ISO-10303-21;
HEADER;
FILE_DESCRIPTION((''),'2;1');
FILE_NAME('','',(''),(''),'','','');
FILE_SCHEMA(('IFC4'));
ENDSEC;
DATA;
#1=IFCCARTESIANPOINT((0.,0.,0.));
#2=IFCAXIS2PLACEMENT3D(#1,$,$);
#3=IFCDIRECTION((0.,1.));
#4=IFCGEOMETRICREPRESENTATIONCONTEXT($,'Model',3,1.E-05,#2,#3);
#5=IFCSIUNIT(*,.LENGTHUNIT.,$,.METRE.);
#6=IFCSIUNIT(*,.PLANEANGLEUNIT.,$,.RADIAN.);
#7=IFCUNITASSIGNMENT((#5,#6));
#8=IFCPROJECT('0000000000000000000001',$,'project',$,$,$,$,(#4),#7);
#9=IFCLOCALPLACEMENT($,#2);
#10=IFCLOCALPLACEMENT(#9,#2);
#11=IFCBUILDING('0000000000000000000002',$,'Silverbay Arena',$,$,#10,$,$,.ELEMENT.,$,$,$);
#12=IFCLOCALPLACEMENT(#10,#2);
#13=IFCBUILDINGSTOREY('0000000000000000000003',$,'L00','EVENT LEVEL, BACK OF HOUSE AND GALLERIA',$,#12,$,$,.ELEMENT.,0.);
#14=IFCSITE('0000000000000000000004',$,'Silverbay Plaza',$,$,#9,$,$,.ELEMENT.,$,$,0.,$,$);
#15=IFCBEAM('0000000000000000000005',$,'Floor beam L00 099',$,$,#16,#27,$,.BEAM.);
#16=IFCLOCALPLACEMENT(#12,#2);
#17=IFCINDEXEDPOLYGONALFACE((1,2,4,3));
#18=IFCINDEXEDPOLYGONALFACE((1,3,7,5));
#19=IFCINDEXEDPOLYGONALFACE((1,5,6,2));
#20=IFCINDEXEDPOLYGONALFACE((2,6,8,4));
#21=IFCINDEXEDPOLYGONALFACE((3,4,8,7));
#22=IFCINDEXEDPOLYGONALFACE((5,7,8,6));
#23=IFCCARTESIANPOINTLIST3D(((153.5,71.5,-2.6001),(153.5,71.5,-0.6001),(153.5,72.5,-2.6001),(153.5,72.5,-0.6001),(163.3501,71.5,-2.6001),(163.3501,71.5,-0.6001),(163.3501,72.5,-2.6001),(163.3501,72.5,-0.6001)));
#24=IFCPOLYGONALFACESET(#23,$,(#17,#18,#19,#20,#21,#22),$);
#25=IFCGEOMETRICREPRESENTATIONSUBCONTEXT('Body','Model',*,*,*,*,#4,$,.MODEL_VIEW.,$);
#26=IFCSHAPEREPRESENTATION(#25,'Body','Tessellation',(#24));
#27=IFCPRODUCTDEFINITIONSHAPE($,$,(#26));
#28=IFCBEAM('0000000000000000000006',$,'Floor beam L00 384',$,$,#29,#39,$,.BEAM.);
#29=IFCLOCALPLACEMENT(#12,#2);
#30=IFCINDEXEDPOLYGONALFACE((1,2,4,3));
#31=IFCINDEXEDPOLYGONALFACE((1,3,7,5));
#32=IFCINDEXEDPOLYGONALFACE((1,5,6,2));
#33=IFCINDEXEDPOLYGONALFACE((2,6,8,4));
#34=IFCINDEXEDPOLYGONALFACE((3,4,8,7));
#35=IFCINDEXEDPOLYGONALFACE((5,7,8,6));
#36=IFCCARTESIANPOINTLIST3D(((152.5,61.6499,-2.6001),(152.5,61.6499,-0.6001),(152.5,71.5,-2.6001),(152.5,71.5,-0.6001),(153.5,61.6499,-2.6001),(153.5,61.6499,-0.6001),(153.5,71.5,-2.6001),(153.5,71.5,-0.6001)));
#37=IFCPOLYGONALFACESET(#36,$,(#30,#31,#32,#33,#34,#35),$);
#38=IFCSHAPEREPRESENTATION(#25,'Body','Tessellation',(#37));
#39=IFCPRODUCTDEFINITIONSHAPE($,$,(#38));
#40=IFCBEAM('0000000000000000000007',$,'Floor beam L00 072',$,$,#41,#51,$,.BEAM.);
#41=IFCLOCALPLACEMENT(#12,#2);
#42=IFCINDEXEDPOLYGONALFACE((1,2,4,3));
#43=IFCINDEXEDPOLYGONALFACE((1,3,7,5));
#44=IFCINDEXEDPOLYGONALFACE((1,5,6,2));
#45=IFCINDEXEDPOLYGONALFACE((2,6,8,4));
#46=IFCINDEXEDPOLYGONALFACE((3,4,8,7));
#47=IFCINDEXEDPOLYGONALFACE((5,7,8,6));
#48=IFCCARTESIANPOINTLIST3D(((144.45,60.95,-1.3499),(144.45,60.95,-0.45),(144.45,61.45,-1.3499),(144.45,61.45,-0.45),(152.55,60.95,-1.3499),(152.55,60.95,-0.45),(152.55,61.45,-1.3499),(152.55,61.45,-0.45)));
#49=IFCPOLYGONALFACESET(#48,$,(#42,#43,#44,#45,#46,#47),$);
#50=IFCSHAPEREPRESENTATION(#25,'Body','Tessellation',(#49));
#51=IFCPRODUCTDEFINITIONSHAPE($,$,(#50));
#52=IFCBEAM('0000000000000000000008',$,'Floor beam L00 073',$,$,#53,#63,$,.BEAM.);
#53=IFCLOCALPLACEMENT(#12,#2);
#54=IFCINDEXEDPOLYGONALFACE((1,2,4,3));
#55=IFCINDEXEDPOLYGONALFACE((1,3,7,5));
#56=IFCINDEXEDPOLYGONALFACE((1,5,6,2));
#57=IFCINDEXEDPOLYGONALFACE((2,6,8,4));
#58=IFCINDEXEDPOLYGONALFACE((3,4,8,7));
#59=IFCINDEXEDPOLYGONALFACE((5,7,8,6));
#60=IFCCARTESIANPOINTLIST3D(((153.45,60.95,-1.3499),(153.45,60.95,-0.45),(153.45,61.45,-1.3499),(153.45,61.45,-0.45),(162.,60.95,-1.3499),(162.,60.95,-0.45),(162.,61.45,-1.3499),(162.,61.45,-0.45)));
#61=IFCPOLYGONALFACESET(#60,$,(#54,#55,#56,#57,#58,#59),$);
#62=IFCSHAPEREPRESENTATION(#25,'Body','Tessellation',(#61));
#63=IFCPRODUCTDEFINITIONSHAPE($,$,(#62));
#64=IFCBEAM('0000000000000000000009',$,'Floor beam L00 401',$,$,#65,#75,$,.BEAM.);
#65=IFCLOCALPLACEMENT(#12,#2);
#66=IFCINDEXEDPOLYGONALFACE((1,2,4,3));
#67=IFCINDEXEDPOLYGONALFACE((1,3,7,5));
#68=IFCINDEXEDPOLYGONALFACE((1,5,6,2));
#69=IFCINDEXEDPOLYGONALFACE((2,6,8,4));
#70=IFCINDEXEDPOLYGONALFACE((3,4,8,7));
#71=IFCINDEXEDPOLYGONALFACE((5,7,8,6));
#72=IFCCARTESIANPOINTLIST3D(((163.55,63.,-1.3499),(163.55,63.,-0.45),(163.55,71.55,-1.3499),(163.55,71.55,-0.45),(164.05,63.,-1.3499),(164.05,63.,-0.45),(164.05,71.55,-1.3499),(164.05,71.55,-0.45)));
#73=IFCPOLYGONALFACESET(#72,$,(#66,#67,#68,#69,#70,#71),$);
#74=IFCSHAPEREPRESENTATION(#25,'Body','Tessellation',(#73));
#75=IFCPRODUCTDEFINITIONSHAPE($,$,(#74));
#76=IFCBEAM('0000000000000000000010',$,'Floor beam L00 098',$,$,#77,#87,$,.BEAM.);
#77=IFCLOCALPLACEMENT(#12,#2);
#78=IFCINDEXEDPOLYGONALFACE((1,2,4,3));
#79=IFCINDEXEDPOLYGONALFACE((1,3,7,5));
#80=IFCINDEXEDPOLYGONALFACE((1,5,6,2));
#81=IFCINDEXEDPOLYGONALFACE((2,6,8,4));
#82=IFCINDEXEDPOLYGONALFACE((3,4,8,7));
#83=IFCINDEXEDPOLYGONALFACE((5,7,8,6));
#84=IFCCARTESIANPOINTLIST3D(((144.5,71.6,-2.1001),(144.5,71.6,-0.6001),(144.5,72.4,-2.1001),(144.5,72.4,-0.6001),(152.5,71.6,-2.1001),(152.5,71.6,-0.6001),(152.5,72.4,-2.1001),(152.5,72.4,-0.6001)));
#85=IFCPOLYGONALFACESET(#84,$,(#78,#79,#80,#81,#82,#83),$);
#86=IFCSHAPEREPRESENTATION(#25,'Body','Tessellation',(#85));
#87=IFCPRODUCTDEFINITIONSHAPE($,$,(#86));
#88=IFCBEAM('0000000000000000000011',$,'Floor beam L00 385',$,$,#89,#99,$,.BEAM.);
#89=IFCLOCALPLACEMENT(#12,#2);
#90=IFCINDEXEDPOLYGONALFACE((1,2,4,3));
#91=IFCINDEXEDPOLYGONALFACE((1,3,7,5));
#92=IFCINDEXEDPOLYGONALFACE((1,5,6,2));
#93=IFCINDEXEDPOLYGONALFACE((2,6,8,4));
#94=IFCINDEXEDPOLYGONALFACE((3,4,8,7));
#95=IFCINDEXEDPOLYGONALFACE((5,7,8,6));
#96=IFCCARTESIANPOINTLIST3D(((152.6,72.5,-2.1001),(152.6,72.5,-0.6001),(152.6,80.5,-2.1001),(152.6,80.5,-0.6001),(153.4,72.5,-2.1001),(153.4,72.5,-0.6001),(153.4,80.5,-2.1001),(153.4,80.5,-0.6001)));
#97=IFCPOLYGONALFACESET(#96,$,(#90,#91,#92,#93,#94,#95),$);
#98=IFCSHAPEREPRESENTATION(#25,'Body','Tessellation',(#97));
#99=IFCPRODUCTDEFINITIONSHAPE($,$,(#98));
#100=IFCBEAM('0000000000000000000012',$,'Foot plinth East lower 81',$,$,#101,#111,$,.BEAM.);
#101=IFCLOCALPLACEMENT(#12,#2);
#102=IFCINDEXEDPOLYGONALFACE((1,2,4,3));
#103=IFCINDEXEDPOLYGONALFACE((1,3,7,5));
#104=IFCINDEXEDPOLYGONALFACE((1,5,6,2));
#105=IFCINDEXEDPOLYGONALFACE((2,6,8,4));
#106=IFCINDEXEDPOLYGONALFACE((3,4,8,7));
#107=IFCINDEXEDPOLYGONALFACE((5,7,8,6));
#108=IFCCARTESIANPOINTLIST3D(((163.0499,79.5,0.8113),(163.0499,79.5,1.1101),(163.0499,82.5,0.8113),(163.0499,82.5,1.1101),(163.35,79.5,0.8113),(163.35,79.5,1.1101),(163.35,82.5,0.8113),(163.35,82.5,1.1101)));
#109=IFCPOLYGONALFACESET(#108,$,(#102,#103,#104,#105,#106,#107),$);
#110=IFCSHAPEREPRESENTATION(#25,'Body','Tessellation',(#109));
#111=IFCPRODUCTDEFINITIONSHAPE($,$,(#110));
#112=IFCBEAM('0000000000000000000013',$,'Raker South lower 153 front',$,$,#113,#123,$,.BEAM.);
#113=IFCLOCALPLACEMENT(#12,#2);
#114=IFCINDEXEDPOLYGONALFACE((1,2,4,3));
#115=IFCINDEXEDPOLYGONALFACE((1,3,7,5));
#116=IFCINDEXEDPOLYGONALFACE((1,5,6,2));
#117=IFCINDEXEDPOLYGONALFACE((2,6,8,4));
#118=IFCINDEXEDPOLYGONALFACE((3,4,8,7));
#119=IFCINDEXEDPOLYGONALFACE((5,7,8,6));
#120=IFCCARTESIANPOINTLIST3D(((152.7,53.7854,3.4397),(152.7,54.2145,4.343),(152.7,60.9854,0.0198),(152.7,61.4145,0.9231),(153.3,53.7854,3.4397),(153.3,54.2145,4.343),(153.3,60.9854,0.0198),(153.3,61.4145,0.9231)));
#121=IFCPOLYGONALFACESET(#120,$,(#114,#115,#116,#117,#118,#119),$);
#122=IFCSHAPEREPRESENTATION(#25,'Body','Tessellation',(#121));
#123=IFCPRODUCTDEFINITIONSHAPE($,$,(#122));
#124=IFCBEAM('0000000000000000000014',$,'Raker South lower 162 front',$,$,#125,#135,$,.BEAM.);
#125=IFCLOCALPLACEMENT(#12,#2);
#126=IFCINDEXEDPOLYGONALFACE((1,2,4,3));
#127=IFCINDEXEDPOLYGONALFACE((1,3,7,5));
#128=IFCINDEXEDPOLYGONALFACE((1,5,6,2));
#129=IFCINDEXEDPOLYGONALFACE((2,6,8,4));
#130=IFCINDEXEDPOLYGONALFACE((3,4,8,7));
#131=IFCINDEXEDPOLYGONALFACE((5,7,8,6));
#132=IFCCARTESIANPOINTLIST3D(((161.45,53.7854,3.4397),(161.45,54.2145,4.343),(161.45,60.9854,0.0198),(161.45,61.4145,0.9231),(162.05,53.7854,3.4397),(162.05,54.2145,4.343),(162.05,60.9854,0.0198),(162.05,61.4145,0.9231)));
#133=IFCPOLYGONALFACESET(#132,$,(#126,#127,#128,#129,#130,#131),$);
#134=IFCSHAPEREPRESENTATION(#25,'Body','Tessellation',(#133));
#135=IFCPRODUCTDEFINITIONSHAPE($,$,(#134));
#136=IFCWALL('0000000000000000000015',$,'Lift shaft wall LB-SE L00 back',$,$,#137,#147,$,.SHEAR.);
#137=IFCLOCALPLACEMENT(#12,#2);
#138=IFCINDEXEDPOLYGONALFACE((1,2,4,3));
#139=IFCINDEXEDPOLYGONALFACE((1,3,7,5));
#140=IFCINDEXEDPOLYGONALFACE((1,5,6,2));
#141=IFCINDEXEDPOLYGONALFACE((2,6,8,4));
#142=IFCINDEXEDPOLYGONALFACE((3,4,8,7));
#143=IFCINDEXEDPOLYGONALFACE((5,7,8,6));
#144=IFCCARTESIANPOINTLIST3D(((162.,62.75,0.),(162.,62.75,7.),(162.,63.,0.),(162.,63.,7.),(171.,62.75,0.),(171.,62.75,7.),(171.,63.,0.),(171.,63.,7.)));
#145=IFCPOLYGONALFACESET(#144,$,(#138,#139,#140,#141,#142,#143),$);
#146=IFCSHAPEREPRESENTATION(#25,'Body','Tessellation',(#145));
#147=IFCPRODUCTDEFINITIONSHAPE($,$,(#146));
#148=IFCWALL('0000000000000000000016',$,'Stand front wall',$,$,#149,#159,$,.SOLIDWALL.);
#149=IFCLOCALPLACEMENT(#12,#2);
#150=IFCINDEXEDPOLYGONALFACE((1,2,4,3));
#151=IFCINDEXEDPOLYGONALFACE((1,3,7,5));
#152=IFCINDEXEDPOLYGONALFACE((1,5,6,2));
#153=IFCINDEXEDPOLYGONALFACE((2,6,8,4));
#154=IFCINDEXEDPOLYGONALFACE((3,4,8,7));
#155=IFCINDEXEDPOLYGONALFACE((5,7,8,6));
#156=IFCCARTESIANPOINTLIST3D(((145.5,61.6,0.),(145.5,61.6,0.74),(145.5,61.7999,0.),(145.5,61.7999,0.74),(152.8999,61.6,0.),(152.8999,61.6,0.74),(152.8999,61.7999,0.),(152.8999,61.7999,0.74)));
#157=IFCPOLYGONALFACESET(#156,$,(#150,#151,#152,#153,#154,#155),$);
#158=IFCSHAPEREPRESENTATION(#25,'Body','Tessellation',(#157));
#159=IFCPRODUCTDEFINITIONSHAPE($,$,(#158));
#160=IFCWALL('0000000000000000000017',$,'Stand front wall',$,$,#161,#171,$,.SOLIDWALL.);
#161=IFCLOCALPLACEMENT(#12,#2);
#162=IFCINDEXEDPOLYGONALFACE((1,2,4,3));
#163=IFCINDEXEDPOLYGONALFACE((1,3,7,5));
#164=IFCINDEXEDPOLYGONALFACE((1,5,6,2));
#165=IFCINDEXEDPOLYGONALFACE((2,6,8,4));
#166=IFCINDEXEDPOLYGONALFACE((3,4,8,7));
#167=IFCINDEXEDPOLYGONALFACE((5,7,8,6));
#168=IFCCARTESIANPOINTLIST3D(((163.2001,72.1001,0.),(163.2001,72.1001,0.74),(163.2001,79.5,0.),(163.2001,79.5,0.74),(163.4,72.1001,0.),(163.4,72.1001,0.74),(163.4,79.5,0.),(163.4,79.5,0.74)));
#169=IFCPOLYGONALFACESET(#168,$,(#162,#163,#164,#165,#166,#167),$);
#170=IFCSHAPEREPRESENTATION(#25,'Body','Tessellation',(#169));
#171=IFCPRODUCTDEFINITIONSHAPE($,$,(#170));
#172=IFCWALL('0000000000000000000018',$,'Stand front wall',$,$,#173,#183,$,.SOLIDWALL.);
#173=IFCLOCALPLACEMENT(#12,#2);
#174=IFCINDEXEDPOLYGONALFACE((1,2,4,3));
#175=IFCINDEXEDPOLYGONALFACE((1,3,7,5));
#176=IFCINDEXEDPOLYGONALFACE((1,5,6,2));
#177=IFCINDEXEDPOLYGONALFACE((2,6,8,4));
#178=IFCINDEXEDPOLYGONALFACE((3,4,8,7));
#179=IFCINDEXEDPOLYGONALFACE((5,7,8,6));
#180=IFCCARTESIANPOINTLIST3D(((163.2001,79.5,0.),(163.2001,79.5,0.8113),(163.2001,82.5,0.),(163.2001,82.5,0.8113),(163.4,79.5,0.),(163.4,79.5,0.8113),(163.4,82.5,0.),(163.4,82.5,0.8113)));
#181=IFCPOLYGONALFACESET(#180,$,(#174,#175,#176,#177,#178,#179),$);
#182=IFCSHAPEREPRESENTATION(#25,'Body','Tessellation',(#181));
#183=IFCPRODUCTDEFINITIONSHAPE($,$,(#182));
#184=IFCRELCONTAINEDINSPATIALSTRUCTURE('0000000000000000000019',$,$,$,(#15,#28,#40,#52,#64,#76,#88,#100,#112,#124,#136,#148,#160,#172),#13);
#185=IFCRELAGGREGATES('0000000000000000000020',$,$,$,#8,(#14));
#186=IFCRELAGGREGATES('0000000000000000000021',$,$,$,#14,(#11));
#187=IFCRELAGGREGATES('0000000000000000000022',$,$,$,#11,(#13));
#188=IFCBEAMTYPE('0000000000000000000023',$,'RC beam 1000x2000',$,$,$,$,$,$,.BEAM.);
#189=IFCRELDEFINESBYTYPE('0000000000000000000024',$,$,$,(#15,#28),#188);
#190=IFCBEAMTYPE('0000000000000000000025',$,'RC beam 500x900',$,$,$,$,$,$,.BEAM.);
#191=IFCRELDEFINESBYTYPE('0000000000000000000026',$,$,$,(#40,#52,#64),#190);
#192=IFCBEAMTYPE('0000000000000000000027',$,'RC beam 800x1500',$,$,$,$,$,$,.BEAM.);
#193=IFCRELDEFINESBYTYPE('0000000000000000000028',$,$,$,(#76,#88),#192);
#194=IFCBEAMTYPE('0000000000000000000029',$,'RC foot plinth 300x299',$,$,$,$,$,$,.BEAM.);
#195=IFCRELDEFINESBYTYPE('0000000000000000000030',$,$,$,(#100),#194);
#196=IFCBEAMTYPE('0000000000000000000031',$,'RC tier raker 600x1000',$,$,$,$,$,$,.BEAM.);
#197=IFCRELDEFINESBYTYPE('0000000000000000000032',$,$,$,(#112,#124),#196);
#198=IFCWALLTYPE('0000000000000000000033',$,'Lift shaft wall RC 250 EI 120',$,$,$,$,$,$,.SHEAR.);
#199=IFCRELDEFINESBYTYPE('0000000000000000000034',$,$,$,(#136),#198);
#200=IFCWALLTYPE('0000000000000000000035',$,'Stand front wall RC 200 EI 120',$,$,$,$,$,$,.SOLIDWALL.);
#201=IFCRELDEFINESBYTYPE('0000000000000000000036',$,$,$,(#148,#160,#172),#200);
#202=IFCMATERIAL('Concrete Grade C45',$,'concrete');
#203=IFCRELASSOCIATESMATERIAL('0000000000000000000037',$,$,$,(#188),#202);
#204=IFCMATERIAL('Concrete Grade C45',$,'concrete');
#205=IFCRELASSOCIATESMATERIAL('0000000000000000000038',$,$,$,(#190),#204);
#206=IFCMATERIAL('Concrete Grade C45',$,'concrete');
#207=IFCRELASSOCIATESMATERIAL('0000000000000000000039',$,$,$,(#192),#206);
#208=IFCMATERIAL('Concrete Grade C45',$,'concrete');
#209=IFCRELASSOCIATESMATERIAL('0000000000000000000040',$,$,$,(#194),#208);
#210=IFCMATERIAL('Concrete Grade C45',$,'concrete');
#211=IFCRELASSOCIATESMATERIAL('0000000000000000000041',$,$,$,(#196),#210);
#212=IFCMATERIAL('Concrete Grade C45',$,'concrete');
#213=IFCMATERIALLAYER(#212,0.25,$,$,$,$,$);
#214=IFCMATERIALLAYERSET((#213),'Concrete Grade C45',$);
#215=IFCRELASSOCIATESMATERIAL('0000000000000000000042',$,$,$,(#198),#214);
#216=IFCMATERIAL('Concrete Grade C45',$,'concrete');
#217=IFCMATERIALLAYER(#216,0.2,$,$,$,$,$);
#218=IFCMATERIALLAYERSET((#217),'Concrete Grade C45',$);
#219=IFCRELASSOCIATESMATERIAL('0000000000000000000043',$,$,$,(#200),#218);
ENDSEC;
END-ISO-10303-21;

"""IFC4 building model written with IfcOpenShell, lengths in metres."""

from ifc_helpers import new_model, si_unit, direction, frame, frame_2d, origin, origin_2d, place, context, subcontext, project, spatial, rectangle, extrude, material, layer, layer_set, material_profile, profile_set, type_object, element, save


model = new_model("IFC4")

# Units and contexts
model_context = context("Model", 3, precision=1e-05, world=origin(), true_north=direction((0.0, 1.0)))
body_context = subcontext(model_context, "Body", "Model", "MODEL_VIEW")
ifc_project = project(units=[si_unit("LENGTHUNIT", "METRE"), si_unit("PLANEANGLEUNIT", "RADIAN")], contexts=[model_context])

# Site, building, storey
site_placement = place(None, origin())
site = spatial("IfcSite", under=ifc_project, at=site_placement, Name="Silverbay Plaza", CompositionType="ELEMENT", RefElevation=0.0)
building_placement = place(site_placement, origin())
building = spatial("IfcBuilding", under=site, at=building_placement, Name="Silverbay Arena", CompositionType="ELEMENT")
storey_placement = place(building_placement, origin())
storey = spatial("IfcBuildingStorey", under=building, at=storey_placement, Name="L00", Description="EVENT LEVEL, BACK OF HOUSE AND GALLERIA", CompositionType="ELEMENT", Elevation=0.0)

# Beams
ifc_material_1 = material(Name="Concrete Grade C45", Category="concrete")
ifc_material_profile_1 = material_profile(ifc_material_1, rectangle(XDim=1.0, YDim=2.0, at=origin_2d()), Name="RC 1000x2000")
ifc_profile_set_1 = profile_set([ifc_material_profile_1], Name="Concrete Grade C45")
beam_type_1 = type_object("IfcBeamType", Name="RC beam 1000x2000", PredefinedType="BEAM", material=ifc_profile_set_1)
for number, where, z_axis, x_axis, name in (
    (1, (153.5, 72.0, -1.6001), (1.0, 0.0, 0.0), (0.0, 1.0, 0.0), "Floor beam L00 099"),
    (2, (153.0, 61.6499, -1.6001), (0.0, 1.0, 0.0), (-1.0, 0.0, 0.0), "Floor beam L00 384"),
):
    element("IfcBeam", number, at=place(storey_placement, frame(where, z_axis=z_axis, x_axis=x_axis)), inside=storey, type_object=beam_type_1, Name=name, PredefinedType="BEAM", context=body_context, shape_type="SweptSolid", body=[
        extrude(rectangle(XDim=1.0, YDim=2.0, at=origin_2d()), origin(), (0.0, 0.0, 1.0), 9.8501),
    ])
ifc_material_2 = material(Name="Concrete Grade C45", Category="concrete")
ifc_material_profile_2 = material_profile(ifc_material_2, rectangle(XDim=0.5, YDim=0.8999, at=origin_2d()), Name="RC 500x900")
ifc_profile_set_2 = profile_set([ifc_material_profile_2], Name="Concrete Grade C45")
beam_type_2 = type_object("IfcBeamType", Name="RC beam 500x900", PredefinedType="BEAM", material=ifc_profile_set_2)
beam_1_placement = place(storey_placement, frame((144.45, 61.2, -0.8999), z_axis=(1.0, 0.0, 0.0), x_axis=(0.0, 1.0, 0.0)))
element("IfcBeam", 3, at=beam_1_placement, inside=storey, type_object=beam_type_2, Name="Floor beam L00 072", PredefinedType="BEAM", context=body_context, shape_type="SweptSolid", body=[
    extrude(rectangle(XDim=0.5, YDim=0.8999, at=origin_2d()), origin(), (0.0, 0.0, 1.0), 8.1001),
])
for number, where, z_axis, x_axis, name in (
    (4, (153.45, 61.2, -0.8999), (1.0, 0.0, 0.0), (0.0, 1.0, 0.0), "Floor beam L00 073"),
    (5, (163.8, 63.0, -0.8999), (0.0, 1.0, 0.0), (-1.0, 0.0, 0.0), "Floor beam L00 401"),
):
    element("IfcBeam", number, at=place(storey_placement, frame(where, z_axis=z_axis, x_axis=x_axis)), inside=storey, type_object=beam_type_2, Name=name, PredefinedType="BEAM", context=body_context, shape_type="SweptSolid", body=[
        extrude(rectangle(XDim=0.5, YDim=0.8999, at=origin_2d()), origin(), (0.0, 0.0, 1.0), 8.55),
    ])
ifc_material_3 = material(Name="Concrete Grade C45", Category="concrete")
ifc_material_profile_3 = material_profile(ifc_material_3, rectangle(XDim=0.8, YDim=1.5, at=origin_2d()), Name="RC 800x1500")
ifc_profile_set_3 = profile_set([ifc_material_profile_3], Name="Concrete Grade C45")
beam_type_3 = type_object("IfcBeamType", Name="RC beam 800x1500", PredefinedType="BEAM", material=ifc_profile_set_3)
for number, where, z_axis, x_axis, name in (
    (6, (144.5, 72.0, -1.3501), (1.0, 0.0, 0.0), (0.0, 1.0, 0.0), "Floor beam L00 098"),
    (7, (153.0, 72.5, -1.3501), (0.0, 1.0, 0.0), (-1.0, 0.0, 0.0), "Floor beam L00 385"),
):
    element("IfcBeam", number, at=place(storey_placement, frame(where, z_axis=z_axis, x_axis=x_axis)), inside=storey, type_object=beam_type_3, Name=name, PredefinedType="BEAM", context=body_context, shape_type="SweptSolid", body=[
        extrude(rectangle(XDim=0.8, YDim=1.5, at=origin_2d()), origin(), (0.0, 0.0, 1.0), 8.0),
    ])
ifc_material_4 = material(Name="Concrete Grade C45", Category="concrete")
ifc_material_profile_4 = material_profile(ifc_material_4, rectangle(XDim=0.3, YDim=0.2988, at=origin_2d()), Name="RC 300x299")
ifc_profile_set_4 = profile_set([ifc_material_profile_4], Name="Concrete Grade C45")
beam_type_4 = type_object("IfcBeamType", Name="RC foot plinth 300x299", PredefinedType="BEAM", material=ifc_profile_set_4)
beam_2_placement = place(storey_placement, frame((163.2, 79.5, 0.9607), z_axis=(0.0, 1.0, 0.0), x_axis=(-1.0, 0.0, 0.0)))
element("IfcBeam", 8, at=beam_2_placement, inside=storey, type_object=beam_type_4, Name="Foot plinth East lower 81", PredefinedType="BEAM", context=body_context, shape_type="SweptSolid", body=[
    extrude(rectangle(XDim=0.3, YDim=0.2988, at=origin_2d()), origin(), (0.0, 0.0, 1.0), 3.0),
])
ifc_material_5 = material(Name="Concrete Grade C45", Category="concrete")
ifc_material_profile_5 = material_profile(ifc_material_5, rectangle(XDim=0.6001, YDim=1.0, at=origin_2d()), Name="RC 600x1000")
ifc_profile_set_5 = profile_set([ifc_material_profile_5], Name="Concrete Grade C45")
beam_type_5 = type_object("IfcBeamType", Name="RC tier raker 600x1000", PredefinedType="BEAM", material=ifc_profile_set_5)
for number, where, z_axis, x_axis, name in (
    (9, (153.0, 61.2, 0.4714), (0.0, -0.90328, 0.429051), (1.0, 0.0, 0.0), "Raker South lower 153 front"),
    (10, (161.75, 61.2, 0.4714), (0.0, -0.90328, 0.429051), (1.0, 0.0, 0.0), "Raker South lower 162 front"),
):
    element("IfcBeam", number, at=place(storey_placement, frame(where, z_axis=z_axis, x_axis=x_axis)), inside=storey, type_object=beam_type_5, Name=name, PredefinedType="BEAM", context=body_context, shape_type="SweptSolid", body=[
        extrude(rectangle(XDim=0.6001, YDim=1.0, at=origin_2d()), origin(), (0.0, 0.0, 1.0), 7.9709),
    ])

# Walls
ifc_material_6 = material(Name="Concrete Grade C45", Category="concrete")
ifc_layer_1 = layer(ifc_material_6, 0.25)
ifc_layer_set_1 = layer_set([ifc_layer_1], Name="Concrete Grade C45")
wall_type_1 = type_object("IfcWallType", Name="Lift shaft wall RC 250 EI 120", PredefinedType="SHEAR", material=ifc_layer_set_1)
wall_1_placement = place(storey_placement, frame((162.0, 62.875, 0.0), z_axis=(0.0, 0.0, 1.0), x_axis=(1.0, 0.0, 0.0)))
element("IfcWall", 11, at=wall_1_placement, inside=storey, type_object=wall_type_1, Name="Lift shaft wall LB-SE L00 back", PredefinedType="SHEAR", context=body_context, shape_type="SweptSolid", body=[
    extrude(rectangle(XDim=9.0, YDim=0.25, at=frame_2d((4.5, 0.0))), origin(), (0.0, 0.0, 1.0), 7.0),
])
ifc_material_7 = material(Name="Concrete Grade C45", Category="concrete")
ifc_layer_2 = layer(ifc_material_7, 0.2)
ifc_layer_set_2 = layer_set([ifc_layer_2], Name="Concrete Grade C45")
wall_type_2 = type_object("IfcWallType", Name="Stand front wall RC 200 EI 120", PredefinedType="SOLIDWALL", material=ifc_layer_set_2)
for number, where, z_axis, x_axis, name in (
    (12, (145.5, 61.7, 0.0), (0.0, 0.0, 1.0), (1.0, 0.0, 0.0), "Stand front wall"),
    (13, (163.3, 72.1001, 0.0), (0.0, 0.0, 1.0), (0.0, 1.0, 0.0), "Stand front wall"),
):
    element("IfcWall", number, at=place(storey_placement, frame(where, z_axis=z_axis, x_axis=x_axis)), inside=storey, type_object=wall_type_2, Name=name, PredefinedType="SOLIDWALL", context=body_context, shape_type="SweptSolid", body=[
        extrude(rectangle(XDim=7.3999, YDim=0.2, at=frame_2d((3.7, 0.0))), origin(), (0.0, 0.0, 1.0), 0.74),
    ])
wall_2_placement = place(storey_placement, frame((163.3, 79.5, 0.0), z_axis=(0.0, 0.0, 1.0), x_axis=(0.0, 1.0, 0.0)))
element("IfcWall", 14, at=wall_2_placement, inside=storey, type_object=wall_type_2, Name="Stand front wall", PredefinedType="SOLIDWALL", context=body_context, shape_type="SweptSolid", body=[
    extrude(rectangle(XDim=3.0, YDim=0.2, at=frame_2d((1.5, 0.0))), origin(), (0.0, 0.0, 1.0), 0.8113),
])

save(model, "model.ifc")
